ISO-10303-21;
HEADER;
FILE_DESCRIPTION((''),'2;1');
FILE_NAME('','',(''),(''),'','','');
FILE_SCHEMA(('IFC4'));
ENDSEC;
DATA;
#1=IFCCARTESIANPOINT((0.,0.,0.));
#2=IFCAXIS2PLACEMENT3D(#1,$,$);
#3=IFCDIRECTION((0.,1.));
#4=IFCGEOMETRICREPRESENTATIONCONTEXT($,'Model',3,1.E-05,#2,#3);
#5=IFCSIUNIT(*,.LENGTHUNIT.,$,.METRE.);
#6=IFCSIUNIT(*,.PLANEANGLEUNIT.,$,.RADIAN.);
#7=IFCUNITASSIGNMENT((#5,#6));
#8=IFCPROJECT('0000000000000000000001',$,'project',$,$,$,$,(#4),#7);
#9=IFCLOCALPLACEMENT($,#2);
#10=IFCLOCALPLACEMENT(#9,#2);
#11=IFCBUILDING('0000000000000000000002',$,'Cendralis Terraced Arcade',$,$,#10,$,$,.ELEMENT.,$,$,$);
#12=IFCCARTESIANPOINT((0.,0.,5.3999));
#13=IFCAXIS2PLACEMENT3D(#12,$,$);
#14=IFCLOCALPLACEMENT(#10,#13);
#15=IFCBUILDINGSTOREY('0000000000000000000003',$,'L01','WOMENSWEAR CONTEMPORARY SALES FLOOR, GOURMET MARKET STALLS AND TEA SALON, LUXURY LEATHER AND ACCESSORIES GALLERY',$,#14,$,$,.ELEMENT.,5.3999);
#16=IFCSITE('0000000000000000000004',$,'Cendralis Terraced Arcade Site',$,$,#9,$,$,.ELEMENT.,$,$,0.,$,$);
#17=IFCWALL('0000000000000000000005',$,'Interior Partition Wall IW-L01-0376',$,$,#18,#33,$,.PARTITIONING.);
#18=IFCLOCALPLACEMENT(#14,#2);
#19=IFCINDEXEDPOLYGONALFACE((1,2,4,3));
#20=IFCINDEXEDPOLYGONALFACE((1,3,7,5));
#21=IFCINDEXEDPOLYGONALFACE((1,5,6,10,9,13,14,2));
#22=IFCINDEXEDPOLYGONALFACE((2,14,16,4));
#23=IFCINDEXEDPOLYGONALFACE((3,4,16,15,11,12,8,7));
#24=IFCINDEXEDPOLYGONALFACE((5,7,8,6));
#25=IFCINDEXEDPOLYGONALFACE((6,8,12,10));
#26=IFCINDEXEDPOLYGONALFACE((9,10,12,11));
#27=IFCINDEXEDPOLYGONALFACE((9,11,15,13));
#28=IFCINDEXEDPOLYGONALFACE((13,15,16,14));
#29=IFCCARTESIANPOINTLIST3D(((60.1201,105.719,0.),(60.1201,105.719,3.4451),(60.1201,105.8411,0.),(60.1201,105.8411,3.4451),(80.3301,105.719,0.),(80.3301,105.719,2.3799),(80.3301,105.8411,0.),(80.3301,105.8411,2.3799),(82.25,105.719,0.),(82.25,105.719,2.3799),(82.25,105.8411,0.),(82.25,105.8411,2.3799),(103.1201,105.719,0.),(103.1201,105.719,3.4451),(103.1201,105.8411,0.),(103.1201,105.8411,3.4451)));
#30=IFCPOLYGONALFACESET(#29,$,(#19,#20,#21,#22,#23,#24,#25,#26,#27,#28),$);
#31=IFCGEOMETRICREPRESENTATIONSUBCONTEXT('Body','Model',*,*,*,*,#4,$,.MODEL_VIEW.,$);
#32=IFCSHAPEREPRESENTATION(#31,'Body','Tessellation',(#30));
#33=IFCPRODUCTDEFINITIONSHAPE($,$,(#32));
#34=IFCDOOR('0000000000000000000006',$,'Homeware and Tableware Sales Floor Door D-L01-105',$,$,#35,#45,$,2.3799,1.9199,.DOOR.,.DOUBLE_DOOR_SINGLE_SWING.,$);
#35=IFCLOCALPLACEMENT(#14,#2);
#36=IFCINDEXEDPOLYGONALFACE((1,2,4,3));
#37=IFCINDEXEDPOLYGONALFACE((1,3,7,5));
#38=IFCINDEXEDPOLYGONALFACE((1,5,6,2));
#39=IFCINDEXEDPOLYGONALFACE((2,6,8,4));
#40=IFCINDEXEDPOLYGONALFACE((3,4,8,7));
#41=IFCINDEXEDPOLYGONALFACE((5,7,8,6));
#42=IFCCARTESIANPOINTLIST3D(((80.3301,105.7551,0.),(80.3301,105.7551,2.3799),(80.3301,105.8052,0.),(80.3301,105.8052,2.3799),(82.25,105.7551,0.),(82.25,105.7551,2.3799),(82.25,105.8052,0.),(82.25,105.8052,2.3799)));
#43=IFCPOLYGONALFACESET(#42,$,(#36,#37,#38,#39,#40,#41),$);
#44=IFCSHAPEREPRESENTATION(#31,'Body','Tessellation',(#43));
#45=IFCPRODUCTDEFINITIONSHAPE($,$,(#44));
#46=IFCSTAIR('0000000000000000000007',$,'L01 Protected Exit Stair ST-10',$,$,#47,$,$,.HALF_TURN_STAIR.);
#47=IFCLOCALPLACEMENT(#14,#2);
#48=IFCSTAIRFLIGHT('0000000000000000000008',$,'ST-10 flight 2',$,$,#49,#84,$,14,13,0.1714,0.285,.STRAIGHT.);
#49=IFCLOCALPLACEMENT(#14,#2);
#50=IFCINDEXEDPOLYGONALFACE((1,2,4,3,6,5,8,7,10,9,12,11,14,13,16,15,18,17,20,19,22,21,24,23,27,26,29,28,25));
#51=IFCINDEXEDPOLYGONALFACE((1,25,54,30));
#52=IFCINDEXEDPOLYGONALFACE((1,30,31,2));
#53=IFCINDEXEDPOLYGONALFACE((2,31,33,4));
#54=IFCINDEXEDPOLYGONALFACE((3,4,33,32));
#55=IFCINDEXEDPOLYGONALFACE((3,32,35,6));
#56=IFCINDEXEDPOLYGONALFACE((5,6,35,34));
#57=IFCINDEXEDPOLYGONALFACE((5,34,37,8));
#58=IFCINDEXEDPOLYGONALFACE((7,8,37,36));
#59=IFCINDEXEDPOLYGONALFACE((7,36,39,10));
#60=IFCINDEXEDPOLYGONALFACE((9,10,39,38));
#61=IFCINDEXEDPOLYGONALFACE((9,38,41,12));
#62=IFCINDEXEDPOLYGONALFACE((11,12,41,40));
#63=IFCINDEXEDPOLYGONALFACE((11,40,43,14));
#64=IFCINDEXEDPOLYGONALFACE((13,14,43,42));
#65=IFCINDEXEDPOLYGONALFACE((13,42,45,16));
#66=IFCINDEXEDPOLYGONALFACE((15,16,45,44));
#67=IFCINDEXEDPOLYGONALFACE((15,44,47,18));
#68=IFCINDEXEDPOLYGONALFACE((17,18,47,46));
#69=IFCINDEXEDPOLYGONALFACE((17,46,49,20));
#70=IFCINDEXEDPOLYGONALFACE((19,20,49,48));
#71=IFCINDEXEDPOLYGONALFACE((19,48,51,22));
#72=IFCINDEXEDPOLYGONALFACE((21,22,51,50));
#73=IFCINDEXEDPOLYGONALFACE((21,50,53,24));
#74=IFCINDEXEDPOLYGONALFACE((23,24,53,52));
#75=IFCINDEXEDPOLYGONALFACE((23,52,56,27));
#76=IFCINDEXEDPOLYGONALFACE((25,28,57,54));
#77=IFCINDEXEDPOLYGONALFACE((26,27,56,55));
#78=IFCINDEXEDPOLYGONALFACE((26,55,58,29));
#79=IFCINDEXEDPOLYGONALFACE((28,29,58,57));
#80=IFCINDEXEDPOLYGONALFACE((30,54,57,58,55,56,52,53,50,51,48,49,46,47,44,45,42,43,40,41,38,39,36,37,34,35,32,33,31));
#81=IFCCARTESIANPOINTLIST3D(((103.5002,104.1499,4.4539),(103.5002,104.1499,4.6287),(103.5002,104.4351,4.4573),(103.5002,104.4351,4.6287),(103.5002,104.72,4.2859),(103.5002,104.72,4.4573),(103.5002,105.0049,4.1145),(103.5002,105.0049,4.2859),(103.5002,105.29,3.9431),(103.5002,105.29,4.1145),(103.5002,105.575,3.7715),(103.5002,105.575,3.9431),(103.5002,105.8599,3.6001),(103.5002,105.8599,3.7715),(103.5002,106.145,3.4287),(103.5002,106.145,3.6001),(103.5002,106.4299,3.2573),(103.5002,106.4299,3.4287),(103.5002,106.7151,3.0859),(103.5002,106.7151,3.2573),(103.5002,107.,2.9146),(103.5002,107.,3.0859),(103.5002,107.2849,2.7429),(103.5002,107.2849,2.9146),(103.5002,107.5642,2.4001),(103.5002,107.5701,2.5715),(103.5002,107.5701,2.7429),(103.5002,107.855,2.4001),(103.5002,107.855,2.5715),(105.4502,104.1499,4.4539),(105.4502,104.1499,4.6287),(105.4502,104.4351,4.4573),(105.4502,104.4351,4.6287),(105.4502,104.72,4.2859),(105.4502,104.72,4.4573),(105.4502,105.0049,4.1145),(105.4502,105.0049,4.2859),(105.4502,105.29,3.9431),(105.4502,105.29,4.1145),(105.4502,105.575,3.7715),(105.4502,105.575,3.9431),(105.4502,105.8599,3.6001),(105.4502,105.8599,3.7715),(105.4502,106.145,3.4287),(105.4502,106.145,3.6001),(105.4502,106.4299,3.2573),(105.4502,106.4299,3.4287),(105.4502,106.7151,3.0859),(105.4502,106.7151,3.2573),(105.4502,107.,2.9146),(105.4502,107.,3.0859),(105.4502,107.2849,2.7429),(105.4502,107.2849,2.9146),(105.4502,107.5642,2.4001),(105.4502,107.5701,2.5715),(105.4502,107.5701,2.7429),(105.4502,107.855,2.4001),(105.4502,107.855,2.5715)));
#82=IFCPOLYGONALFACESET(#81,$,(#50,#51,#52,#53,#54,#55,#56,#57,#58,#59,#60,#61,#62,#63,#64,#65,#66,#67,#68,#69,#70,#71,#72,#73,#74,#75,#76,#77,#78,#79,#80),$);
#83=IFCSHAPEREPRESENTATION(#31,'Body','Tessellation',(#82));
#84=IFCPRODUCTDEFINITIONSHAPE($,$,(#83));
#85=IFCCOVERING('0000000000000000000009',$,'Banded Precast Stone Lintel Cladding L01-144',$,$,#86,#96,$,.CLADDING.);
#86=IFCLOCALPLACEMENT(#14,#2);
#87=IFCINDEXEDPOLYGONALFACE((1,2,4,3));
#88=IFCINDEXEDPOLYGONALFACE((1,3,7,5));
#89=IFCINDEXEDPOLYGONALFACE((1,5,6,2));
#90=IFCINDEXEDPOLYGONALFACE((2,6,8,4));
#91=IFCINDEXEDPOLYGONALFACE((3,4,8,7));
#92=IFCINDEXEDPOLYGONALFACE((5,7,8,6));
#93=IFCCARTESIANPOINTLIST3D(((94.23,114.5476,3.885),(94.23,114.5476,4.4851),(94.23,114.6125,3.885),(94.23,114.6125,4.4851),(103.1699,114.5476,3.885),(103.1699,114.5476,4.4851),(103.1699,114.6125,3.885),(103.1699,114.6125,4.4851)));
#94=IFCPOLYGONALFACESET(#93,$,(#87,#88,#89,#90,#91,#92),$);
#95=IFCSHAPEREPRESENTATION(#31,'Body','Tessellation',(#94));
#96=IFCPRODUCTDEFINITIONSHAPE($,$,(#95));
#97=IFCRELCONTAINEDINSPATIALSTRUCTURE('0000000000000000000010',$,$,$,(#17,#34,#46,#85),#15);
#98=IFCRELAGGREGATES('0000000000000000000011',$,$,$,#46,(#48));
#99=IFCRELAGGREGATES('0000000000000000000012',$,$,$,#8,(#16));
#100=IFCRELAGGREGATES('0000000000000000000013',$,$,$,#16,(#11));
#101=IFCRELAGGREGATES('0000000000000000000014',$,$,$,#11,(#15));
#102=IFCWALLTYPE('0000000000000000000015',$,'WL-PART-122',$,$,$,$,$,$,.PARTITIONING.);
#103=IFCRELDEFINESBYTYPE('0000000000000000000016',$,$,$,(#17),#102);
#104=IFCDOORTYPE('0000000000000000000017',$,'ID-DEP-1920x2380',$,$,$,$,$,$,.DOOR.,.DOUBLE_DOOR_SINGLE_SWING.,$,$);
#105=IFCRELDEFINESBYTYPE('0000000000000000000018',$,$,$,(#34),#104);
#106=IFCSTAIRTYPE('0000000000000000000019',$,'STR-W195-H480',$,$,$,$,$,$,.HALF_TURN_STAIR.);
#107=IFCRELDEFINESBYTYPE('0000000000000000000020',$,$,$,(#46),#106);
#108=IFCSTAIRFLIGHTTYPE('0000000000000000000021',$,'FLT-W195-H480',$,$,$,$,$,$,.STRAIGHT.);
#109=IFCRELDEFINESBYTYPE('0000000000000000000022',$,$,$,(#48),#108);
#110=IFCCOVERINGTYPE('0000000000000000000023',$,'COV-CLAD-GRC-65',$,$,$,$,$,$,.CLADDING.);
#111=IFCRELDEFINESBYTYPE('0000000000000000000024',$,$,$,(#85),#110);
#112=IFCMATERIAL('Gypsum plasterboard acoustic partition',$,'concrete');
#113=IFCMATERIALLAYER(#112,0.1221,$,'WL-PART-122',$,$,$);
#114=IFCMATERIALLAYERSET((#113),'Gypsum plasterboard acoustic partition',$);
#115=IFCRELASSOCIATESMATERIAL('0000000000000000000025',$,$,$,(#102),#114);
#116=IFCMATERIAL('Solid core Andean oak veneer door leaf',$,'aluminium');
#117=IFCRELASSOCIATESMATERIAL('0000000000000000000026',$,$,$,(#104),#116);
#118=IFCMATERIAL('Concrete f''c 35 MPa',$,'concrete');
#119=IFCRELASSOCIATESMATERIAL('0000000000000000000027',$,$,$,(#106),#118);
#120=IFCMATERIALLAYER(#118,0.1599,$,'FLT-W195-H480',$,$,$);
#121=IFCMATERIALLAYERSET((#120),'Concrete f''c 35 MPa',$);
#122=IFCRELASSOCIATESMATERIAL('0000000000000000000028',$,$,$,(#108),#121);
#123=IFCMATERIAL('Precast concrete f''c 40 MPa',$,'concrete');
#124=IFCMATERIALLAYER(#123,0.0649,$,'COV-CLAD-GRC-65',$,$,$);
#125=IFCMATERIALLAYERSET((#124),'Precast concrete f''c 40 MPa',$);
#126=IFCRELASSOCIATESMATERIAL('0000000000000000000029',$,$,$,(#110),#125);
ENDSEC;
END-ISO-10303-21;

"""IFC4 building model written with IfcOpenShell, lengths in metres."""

from ifc_helpers import new_model, si_unit, direction, frame, frame_2d, origin, origin_2d, place, context, subcontext, project, spatial, polyline, rectangle, outline, extrude, material, layer, layer_set, type_object, element, fill, aggregate, save


model = new_model("IFC4")

# Units and contexts
model_context = context("Model", 3, precision=1e-05, world=origin(), true_north=direction((0.0, 1.0)))
body_context = subcontext(model_context, "Body", "Model", "MODEL_VIEW")
ifc_project = project(units=[si_unit("LENGTHUNIT", "METRE"), si_unit("PLANEANGLEUNIT", "RADIAN")], contexts=[model_context])

# Site, building, storey
site_placement = place(None, origin())
site = spatial("IfcSite", under=ifc_project, at=site_placement, Name="Cendralis Terraced Arcade Site", CompositionType="ELEMENT", RefElevation=0.0)
building_placement = place(site_placement, origin())
building = spatial("IfcBuilding", under=site, at=building_placement, Name="Cendralis Terraced Arcade", CompositionType="ELEMENT")
storey_placement = place(building_placement, frame((0.0, 0.0, 5.3999)))
storey = spatial("IfcBuildingStorey", under=building, at=storey_placement, Name="L01", Description="WOMENSWEAR CONTEMPORARY SALES FLOOR, GOURMET MARKET STALLS AND TEA SALON, LUXURY LEATHER AND ACCESSORIES GALLERY", CompositionType="ELEMENT", Elevation=5.3999)

# Shared definitions
ifc_material_1 = material(Name="Concrete f'c 35 MPa", Category="concrete")

# Shared definitions
ifc_material_2 = material(Name="Precast concrete f'c 40 MPa", Category="concrete")

# Wall, opening, door
ifc_material_3 = material(Name="Gypsum plasterboard acoustic partition", Category="concrete")
ifc_layer_1 = layer(ifc_material_3, 0.1221, Name="WL-PART-122")
ifc_layer_set_1 = layer_set([ifc_layer_1], Name="Gypsum plasterboard acoustic partition")
wall_type_1 = type_object("IfcWallType", Name="WL-PART-122", PredefinedType="PARTITIONING", material=ifc_layer_set_1)
wall_1_placement = place(storey_placement, frame((103.1201, 105.78, 0.0), z_axis=(0.0, 0.0, 1.0), x_axis=(-1.0, 0.0, 0.0)))
wall_1 = element("IfcWall", 1, at=wall_1_placement, inside=storey, type_object=wall_type_1, Name="Interior Partition Wall IW-L01-0376", PredefinedType="PARTITIONING", context=body_context, shape_type="SweptSolid", body=[
    extrude(rectangle(XDim=43.0, YDim=0.1221, at=frame_2d((21.5, 0.0))), origin(), (0.0, 0.0, 1.0), 3.4451),
])
opening_1_placement = place(wall_1_placement, frame((20.8701, 0.0, 0.0)))
opening_1 = element("IfcOpeningElement", 2, at=opening_1_placement, cuts=wall_1, PredefinedType="OPENING", context=body_context, shape_type="SweptSolid", body=[
    extrude(rectangle(XDim=1.9199, YDim=2.3799, at=frame_2d((0.96, 1.1899))), frame((0.0, 0.073, 0.0), z_axis=(0.0, -1.0, 0.0), x_axis=(1.0, 0.0, 0.0)), (0.0, 0.0, 1.0), 0.146),
])
ifc_material_4 = material(Name="Solid core Andean oak veneer door leaf", Category="aluminium")
door_type_1 = type_object("IfcDoorType", Name="ID-DEP-1920x2380", OperationType="DOUBLE_DOOR_SINGLE_SWING", PredefinedType="DOOR", material=ifc_material_4)
door_1_placement = place(opening_1_placement, origin())
door_1 = element("IfcDoor", 3, at=door_1_placement, inside=storey, type_object=door_type_1, Name="Homeware and Tableware Sales Floor Door D-L01-105", OperationType="DOUBLE_DOOR_SINGLE_SWING", OverallHeight=2.3799, OverallWidth=1.9199, PredefinedType="DOOR", context=body_context, shape_type="SweptSolid", body=[
    extrude(rectangle(XDim=1.9199, YDim=2.3799, at=frame_2d((0.96, 1.1899))), frame((0.0, 0.0249, 0.0), z_axis=(0.0, -1.0, 0.0), x_axis=(1.0, 0.0, 0.0)), (0.0, 0.0, 1.0), 0.05),
])
fill(opening_1, door_1)

# Stair, stair flight
stair_type = type_object("IfcStairType", Name="STR-W195-H480", PredefinedType="HALF_TURN_STAIR", material=ifc_material_1)
stair_placement = place(storey_placement, origin())
stair = element("IfcStair", 4, at=stair_placement, inside=storey, type_object=stair_type, Name="L01 Protected Exit Stair ST-10", PredefinedType="HALF_TURN_STAIR")
ifc_layer_2 = layer(ifc_material_1, 0.1599, Name="FLT-W195-H480")
ifc_layer_set_2 = layer_set([ifc_layer_2], Name="Concrete f'c 35 MPa")
stair_flight_type = type_object("IfcStairFlightType", Name="FLT-W195-H480", PredefinedType="STRAIGHT", material=ifc_layer_set_2)
stair_flight_placement = place(storey_placement, frame((104.4751, 107.855, 2.4001), z_axis=(0.0, 0.0, 1.0), x_axis=(0.0, -1.0, 0.0)))
stair_flight = element("IfcStairFlight", 5, at=stair_flight_placement, type_object=stair_flight_type, Name="ST-10 flight 2", NumberOfRisers=14, NumberOfTreads=13, PredefinedType="STRAIGHT", RiserHeight=0.1714, TreadLength=0.285, context=body_context, shape_type="SweptSolid", body=[
    extrude(outline(polyline([(0.0, 0.0), (0.0, 0.1714), (0.2849, 0.1714), (0.2849, 0.3428), (0.5701, 0.3428), (0.5701, 0.5144), (0.855, 0.5144), (0.855, 0.6858), (1.1399, 0.6858), (1.1399, 0.8572), (1.425, 0.8572), (1.425, 1.0286), (1.71, 1.0286), (1.71, 1.2), (1.9951, 1.2), (1.9951, 1.3713), (2.28, 1.3713), (2.28, 1.543), (2.5649, 1.543), (2.5649, 1.7144), (2.8501, 1.7144), (2.8501, 1.8857), (3.135, 1.8857), (3.135, 2.0571), (3.4199, 2.0571), (3.4199, 2.2285), (3.7051, 2.2285), (3.7051, 2.3999), (3.7051, 2.0537), (0.2908, 0.0), (0.0, 0.0)])), frame((0.0, 0.9751, 0.0), z_axis=(0.0, -1.0, 0.0), x_axis=(1.0, 0.0, 0.0)), (0.0, 0.0, 1.0), 1.95),
])
aggregate(stair, [stair_flight])

# Covering
ifc_layer_3 = layer(ifc_material_2, 0.0649, Name="COV-CLAD-GRC-65")
ifc_layer_set_3 = layer_set([ifc_layer_3], Name="Precast concrete f'c 40 MPa")
covering_type = type_object("IfcCoveringType", Name="COV-CLAD-GRC-65", PredefinedType="CLADDING", material=ifc_layer_set_3)
covering_placement = place(storey_placement, frame((98.7, 114.5801, 3.885), z_axis=(0.0, 0.0, 1.0), x_axis=(1.0, 0.0, 0.0)))
element("IfcCovering", 6, at=covering_placement, inside=storey, type_object=covering_type, Name="Banded Precast Stone Lintel Cladding L01-144", PredefinedType="CLADDING", context=body_context, shape_type="SweptSolid", body=[
    extrude(rectangle(XDim=8.9399, YDim=0.0649, at=origin_2d()), origin(), (0.0, 0.0, 1.0), 0.6001),
])

save(model, "model.ifc")
